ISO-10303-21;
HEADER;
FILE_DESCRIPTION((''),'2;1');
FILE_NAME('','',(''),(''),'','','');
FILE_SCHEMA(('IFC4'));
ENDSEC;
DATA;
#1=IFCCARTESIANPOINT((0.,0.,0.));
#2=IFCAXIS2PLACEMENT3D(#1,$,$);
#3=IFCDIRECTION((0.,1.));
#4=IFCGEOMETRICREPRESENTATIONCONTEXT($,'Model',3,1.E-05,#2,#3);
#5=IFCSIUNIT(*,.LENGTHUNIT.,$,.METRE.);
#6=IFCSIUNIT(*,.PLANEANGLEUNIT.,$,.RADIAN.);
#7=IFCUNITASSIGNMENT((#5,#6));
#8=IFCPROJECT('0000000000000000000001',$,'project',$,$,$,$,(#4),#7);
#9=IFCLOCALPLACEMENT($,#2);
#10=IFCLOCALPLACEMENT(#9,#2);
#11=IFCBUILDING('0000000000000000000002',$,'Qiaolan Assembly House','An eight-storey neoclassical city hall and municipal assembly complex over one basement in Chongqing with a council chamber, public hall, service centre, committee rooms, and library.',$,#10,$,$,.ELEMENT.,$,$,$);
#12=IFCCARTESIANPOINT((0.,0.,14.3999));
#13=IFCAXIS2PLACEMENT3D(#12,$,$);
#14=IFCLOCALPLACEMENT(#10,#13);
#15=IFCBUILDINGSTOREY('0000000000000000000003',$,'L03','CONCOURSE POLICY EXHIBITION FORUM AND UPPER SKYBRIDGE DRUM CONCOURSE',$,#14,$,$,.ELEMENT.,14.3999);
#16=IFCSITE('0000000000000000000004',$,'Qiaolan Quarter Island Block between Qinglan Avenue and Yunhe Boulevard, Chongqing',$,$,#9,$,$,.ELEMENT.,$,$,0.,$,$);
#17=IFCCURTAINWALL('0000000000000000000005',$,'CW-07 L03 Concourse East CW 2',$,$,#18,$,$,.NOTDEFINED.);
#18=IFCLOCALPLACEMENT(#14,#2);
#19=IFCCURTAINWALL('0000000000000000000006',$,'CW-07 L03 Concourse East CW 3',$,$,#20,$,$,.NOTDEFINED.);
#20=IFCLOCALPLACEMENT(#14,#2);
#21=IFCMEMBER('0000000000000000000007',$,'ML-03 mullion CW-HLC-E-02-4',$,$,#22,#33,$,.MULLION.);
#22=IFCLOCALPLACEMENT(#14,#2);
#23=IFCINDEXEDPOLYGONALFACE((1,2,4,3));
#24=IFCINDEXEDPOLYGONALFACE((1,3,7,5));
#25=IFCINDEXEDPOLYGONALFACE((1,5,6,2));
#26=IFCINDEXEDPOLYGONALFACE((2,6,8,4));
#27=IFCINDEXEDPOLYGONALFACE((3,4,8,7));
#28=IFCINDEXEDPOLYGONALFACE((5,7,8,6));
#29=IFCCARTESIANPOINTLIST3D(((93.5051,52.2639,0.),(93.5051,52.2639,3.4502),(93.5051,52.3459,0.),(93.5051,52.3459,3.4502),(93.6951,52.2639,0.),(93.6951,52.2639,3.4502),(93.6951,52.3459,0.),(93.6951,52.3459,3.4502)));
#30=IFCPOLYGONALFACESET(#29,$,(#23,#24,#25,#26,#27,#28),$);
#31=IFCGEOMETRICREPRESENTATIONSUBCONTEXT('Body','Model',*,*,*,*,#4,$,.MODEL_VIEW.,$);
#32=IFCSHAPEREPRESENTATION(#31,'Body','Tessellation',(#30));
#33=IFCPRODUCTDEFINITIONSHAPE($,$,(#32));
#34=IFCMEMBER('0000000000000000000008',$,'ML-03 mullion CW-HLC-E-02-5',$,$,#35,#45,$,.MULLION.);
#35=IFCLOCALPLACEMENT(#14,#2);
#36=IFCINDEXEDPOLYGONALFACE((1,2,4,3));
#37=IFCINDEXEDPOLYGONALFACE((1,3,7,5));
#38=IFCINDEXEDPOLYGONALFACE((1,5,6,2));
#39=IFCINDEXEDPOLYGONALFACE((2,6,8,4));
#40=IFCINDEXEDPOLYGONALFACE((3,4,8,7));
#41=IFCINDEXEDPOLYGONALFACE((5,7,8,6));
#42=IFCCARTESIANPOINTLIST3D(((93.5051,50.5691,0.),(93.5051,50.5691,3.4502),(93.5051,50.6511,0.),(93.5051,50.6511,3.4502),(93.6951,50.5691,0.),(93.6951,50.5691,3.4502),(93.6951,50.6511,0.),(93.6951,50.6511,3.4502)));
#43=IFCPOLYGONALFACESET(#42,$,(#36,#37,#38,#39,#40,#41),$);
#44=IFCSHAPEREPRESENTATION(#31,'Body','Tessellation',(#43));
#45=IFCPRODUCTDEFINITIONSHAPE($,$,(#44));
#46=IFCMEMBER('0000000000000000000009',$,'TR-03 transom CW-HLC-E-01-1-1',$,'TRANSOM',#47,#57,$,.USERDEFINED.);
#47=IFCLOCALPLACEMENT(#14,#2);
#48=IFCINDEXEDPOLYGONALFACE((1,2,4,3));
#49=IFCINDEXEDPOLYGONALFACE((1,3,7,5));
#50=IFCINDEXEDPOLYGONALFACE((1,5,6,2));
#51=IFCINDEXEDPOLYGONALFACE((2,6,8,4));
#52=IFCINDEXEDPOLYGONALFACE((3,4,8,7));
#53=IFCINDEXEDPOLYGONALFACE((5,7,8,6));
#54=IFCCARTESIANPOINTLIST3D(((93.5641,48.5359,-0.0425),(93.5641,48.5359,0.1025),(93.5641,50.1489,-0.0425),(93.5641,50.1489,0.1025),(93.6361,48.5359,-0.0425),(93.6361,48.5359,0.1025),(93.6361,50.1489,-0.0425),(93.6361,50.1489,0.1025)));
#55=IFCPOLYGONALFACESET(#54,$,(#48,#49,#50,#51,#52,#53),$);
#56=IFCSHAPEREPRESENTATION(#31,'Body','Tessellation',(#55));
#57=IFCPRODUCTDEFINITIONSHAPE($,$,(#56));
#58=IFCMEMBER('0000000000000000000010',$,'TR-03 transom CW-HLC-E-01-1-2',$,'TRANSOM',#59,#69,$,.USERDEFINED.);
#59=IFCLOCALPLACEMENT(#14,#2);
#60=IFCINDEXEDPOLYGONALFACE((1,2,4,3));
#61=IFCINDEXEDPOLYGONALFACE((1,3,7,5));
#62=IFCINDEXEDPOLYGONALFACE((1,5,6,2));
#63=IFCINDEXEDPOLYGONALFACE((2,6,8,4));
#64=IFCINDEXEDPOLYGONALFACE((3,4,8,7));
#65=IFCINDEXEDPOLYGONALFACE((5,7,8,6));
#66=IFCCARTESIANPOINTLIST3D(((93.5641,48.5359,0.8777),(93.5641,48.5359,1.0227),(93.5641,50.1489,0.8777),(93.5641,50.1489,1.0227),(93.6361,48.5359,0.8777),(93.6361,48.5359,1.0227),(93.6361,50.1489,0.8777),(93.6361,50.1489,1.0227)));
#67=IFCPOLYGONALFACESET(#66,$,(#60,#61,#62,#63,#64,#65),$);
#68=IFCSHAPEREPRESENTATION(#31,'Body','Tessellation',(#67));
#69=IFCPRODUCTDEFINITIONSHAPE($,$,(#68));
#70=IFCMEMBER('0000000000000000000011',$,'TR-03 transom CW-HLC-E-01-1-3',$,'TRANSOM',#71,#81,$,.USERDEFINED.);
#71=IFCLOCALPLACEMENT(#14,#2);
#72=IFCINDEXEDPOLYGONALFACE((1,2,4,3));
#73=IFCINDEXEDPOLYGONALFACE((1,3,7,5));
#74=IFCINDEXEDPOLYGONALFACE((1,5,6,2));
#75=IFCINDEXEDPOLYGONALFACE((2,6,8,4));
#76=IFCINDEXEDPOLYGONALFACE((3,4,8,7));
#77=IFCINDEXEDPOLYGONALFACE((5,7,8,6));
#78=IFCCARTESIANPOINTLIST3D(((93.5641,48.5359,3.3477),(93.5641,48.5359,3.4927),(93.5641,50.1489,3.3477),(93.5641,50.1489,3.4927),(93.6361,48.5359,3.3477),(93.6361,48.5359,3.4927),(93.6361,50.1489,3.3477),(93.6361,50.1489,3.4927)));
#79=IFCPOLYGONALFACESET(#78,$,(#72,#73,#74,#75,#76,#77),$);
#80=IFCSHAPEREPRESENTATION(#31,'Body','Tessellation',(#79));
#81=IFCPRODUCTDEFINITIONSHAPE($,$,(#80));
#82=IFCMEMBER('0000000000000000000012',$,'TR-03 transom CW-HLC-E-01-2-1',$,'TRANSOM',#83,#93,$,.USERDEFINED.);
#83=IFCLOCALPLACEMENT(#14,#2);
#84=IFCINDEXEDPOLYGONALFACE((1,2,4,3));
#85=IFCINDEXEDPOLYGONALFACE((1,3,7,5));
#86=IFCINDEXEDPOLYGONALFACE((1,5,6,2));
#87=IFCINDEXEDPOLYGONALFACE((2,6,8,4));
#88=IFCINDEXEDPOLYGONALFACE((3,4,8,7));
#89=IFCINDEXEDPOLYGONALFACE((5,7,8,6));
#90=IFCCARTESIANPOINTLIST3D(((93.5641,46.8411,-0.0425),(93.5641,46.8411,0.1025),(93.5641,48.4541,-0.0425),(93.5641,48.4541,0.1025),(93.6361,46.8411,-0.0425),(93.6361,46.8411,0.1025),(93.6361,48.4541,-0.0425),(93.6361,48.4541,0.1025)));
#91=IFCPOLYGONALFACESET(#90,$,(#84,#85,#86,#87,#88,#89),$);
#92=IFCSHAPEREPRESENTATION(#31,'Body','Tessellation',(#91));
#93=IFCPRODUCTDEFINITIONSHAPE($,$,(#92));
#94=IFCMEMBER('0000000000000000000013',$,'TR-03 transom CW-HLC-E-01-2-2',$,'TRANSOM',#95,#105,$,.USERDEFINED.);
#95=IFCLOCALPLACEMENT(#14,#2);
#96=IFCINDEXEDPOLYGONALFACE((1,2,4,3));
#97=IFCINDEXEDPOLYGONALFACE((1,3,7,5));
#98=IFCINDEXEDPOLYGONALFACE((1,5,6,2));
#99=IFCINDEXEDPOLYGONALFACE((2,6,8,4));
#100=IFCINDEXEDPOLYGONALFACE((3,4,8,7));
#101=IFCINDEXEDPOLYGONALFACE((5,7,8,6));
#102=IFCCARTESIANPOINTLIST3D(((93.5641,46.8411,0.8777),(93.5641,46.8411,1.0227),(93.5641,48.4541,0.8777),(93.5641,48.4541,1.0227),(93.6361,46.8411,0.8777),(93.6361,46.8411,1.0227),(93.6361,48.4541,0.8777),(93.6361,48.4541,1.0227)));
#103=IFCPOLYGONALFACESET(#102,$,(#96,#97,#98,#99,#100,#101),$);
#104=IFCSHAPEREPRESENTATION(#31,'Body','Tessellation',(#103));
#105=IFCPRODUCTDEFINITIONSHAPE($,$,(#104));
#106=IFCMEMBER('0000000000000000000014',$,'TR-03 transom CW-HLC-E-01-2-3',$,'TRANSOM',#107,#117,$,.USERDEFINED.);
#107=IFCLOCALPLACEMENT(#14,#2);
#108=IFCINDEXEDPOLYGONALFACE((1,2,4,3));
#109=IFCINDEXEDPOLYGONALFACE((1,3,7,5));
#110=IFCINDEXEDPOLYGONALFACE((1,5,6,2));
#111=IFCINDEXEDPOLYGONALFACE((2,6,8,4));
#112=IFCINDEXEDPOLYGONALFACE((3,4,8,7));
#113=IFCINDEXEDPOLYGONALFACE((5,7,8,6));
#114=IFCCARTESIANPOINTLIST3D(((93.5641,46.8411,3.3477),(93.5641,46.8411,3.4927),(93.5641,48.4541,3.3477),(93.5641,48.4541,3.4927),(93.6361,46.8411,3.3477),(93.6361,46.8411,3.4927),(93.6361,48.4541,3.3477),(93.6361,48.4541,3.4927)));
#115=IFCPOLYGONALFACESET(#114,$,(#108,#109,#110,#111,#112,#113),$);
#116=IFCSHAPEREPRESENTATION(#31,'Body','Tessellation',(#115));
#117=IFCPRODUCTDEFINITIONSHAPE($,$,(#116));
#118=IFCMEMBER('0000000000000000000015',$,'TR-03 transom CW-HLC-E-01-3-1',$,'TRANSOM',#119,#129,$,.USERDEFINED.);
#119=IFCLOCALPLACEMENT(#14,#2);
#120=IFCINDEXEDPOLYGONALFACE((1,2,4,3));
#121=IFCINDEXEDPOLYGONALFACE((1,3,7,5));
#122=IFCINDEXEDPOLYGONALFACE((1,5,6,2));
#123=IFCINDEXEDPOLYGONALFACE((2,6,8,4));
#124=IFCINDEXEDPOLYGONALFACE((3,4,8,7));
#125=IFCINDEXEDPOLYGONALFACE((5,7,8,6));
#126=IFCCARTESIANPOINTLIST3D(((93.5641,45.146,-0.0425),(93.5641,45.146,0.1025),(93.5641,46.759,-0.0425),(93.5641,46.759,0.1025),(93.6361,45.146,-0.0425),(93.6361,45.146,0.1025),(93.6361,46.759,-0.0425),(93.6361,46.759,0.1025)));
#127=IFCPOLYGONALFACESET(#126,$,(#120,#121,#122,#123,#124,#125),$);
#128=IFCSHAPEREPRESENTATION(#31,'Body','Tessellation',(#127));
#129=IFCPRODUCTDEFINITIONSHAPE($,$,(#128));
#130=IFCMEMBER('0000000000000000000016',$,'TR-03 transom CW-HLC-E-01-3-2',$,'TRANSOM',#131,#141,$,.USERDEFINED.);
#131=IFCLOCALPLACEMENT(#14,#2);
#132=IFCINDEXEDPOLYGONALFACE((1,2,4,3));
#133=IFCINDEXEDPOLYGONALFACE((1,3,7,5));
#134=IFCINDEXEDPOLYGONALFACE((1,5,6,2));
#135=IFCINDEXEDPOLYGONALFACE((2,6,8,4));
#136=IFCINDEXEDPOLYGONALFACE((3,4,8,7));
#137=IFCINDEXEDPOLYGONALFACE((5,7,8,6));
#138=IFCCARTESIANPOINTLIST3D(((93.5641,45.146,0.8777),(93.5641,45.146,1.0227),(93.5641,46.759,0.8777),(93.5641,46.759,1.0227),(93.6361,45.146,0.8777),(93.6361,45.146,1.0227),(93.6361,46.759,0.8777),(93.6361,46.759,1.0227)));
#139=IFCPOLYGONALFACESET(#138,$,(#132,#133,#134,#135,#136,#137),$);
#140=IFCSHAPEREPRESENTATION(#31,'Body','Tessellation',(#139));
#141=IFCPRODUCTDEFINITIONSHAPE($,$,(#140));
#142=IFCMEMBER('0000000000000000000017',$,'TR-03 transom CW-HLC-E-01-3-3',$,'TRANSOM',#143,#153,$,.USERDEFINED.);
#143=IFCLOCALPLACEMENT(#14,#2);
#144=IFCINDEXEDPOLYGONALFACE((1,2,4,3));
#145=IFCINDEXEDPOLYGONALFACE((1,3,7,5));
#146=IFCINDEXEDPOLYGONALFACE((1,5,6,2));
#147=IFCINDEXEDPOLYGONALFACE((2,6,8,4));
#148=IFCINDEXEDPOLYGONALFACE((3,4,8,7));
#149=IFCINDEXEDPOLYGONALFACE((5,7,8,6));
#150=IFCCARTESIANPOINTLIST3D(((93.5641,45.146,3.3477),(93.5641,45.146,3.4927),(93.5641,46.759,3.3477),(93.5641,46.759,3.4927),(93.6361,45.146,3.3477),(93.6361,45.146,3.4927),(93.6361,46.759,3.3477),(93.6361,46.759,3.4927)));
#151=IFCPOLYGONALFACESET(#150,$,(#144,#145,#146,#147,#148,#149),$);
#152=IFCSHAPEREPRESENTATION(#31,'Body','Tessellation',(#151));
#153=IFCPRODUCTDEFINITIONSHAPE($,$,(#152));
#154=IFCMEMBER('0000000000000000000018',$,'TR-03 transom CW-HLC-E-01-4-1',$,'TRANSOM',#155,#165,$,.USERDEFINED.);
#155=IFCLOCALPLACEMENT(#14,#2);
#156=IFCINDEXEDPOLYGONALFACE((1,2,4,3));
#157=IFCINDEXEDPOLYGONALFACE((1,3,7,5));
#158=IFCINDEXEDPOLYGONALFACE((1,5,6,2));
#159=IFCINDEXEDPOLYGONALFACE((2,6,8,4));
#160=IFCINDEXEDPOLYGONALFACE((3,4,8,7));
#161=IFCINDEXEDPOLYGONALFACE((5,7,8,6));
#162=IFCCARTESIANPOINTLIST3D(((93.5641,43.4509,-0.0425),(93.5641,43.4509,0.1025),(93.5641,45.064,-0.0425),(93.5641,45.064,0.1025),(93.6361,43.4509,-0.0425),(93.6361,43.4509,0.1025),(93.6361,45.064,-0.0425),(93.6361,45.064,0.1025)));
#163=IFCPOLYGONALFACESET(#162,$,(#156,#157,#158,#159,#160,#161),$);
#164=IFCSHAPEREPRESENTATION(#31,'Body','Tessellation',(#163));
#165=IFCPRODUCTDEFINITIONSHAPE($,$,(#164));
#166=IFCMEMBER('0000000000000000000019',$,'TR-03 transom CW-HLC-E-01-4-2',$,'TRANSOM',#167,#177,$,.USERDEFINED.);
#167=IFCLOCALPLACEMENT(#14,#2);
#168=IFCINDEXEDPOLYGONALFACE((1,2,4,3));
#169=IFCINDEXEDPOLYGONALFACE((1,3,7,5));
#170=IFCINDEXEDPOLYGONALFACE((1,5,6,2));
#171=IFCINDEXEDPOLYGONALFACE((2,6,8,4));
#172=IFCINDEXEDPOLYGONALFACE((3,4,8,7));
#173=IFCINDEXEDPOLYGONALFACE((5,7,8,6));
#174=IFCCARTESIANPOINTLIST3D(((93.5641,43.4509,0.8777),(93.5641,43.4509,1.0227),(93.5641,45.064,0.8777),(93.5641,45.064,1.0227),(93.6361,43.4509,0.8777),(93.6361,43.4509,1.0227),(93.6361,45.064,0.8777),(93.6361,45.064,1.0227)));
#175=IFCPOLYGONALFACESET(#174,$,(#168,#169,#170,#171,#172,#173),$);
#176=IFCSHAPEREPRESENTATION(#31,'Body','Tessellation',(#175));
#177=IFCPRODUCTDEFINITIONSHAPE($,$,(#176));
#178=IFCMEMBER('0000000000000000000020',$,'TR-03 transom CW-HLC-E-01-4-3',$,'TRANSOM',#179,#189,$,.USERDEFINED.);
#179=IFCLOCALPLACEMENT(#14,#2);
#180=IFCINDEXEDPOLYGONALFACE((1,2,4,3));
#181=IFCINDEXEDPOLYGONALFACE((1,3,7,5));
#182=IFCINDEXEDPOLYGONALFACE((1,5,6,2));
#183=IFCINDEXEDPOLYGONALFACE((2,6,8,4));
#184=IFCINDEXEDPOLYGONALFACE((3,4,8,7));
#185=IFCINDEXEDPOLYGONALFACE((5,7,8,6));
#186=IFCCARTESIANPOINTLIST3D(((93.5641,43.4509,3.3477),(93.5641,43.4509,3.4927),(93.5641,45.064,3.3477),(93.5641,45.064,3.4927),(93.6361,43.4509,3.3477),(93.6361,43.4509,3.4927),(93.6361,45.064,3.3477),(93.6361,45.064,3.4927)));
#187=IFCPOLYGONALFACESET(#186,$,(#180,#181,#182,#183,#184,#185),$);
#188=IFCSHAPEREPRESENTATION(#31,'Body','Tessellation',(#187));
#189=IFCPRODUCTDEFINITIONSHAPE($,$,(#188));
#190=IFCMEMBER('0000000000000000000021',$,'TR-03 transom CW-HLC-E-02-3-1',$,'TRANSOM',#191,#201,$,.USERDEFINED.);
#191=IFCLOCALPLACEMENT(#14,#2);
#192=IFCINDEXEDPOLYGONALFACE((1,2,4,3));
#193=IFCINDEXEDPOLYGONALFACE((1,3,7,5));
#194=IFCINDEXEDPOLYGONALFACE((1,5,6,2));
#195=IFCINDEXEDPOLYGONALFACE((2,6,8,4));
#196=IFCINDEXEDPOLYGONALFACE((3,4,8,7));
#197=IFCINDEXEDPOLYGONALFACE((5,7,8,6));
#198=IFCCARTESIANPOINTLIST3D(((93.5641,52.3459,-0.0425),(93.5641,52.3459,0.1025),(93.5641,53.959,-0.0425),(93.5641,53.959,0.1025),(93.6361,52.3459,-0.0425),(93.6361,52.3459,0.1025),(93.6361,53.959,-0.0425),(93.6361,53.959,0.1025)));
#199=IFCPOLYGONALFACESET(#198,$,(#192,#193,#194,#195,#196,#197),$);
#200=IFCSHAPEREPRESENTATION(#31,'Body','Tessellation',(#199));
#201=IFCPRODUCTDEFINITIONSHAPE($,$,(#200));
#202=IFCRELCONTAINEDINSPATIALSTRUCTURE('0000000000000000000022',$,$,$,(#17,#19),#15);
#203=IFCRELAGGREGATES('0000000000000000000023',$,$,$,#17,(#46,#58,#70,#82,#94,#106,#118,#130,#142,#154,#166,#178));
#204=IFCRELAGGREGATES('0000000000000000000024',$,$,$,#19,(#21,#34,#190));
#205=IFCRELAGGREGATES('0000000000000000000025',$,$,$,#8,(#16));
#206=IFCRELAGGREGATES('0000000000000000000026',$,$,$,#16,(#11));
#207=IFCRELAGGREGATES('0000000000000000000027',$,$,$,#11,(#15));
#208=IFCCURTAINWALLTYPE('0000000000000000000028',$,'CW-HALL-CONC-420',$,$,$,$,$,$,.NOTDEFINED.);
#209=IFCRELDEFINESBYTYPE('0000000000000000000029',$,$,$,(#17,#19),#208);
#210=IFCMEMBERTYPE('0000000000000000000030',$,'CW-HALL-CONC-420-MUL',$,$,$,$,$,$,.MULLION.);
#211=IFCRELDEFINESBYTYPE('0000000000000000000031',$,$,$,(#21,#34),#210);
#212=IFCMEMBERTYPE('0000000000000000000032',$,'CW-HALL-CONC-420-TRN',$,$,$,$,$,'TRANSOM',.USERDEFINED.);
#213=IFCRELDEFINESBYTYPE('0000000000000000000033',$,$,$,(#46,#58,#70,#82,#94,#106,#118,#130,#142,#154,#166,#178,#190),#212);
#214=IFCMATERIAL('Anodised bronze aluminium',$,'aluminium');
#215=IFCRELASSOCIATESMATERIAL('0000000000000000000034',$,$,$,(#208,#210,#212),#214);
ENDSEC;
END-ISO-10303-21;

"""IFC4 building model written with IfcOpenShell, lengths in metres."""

from ifc_helpers import new_model, si_unit, direction, frame, origin, origin_2d, place, context, subcontext, project, spatial, rectangle, extrude, material, material_profile, profile_set, type_object, element, aggregate, save


model = new_model("IFC4")

# Units and contexts
model_context = context("Model", 3, precision=1e-05, world=origin(), true_north=direction((0.0, 1.0)))
body_context = subcontext(model_context, "Body", "Model", "MODEL_VIEW")
ifc_project = project(units=[si_unit("LENGTHUNIT", "METRE"), si_unit("PLANEANGLEUNIT", "RADIAN")], contexts=[model_context])

# Site, building, storey
site_placement = place(None, origin())
site = spatial("IfcSite", under=ifc_project, at=site_placement, Name="Qiaolan Quarter Island Block between Qinglan Avenue and Yunhe Boulevard, Chongqing", CompositionType="ELEMENT", RefElevation=0.0)
building_placement = place(site_placement, origin())
building = spatial("IfcBuilding", under=site, at=building_placement, Name="Qiaolan Assembly House", Description="An eight-storey neoclassical city hall and municipal assembly complex over one basement in Chongqing with a council chamber, public hall, service centre, committee rooms, and library.", CompositionType="ELEMENT")
storey_placement = place(building_placement, frame((0.0, 0.0, 14.3999)))
storey = spatial("IfcBuildingStorey", under=building, at=storey_placement, Name="L03", Description="CONCOURSE POLICY EXHIBITION FORUM AND UPPER SKYBRIDGE DRUM CONCOURSE", CompositionType="ELEMENT", Elevation=14.3999)

# Curtain walls, members
ifc_material_1 = material(Name="Anodised bronze aluminium", Category="aluminium")
curtain_wall_type = type_object("IfcCurtainWallType", Name="CW-HALL-CONC-420", PredefinedType="NOTDEFINED", material=ifc_material_1)
curtain_wall_1_placement = place(storey_placement, origin())
curtain_wall_1 = element("IfcCurtainWall", 1, at=curtain_wall_1_placement, inside=storey, type_object=curtain_wall_type, Name="CW-07 L03 Concourse East CW 2", PredefinedType="NOTDEFINED")
ifc_material_profile_1 = material_profile(ifc_material_1, rectangle(XDim=0.082, YDim=0.1899, at=origin_2d()), Name="MUL 82x190")
ifc_profile_set_1 = profile_set([ifc_material_profile_1], Name="Anodised bronze aluminium")
member_type_1 = type_object("IfcMemberType", Name="CW-HALL-CONC-420-MUL", PredefinedType="MULLION", material=ifc_profile_set_1)
curtain_wall_2_placement = place(storey_placement, origin())
curtain_wall_2 = element("IfcCurtainWall", 2, at=curtain_wall_2_placement, inside=storey, type_object=curtain_wall_type, Name="CW-07 L03 Concourse East CW 3", PredefinedType="NOTDEFINED")
member_1_placement = place(storey_placement, frame((93.6001, 52.3049, 0.0), z_axis=(0.0, 0.0, 1.0), x_axis=(0.0, -1.0, 0.0)))
member_1 = element("IfcMember", 3, at=member_1_placement, type_object=member_type_1, Name="ML-03 mullion CW-HLC-E-02-4", PredefinedType="MULLION", context=body_context, shape_type="SweptSolid", body=[
    extrude(rectangle(XDim=0.082, YDim=0.1899, at=origin_2d()), origin(), (0.0, 0.0, 1.0), 3.4502),
])
member_2_placement = place(storey_placement, frame((93.6001, 50.6101, 0.0), z_axis=(0.0, 0.0, 1.0), x_axis=(0.0, -1.0, 0.0)))
member_2 = element("IfcMember", 4, at=member_2_placement, type_object=member_type_1, Name="ML-03 mullion CW-HLC-E-02-5", PredefinedType="MULLION", context=body_context, shape_type="SweptSolid", body=[
    extrude(rectangle(XDim=0.082, YDim=0.1899, at=origin_2d()), origin(), (0.0, 0.0, 1.0), 3.4502),
])

# Members
ifc_material_profile_2 = material_profile(ifc_material_1, rectangle(XDim=0.072, YDim=0.145, at=origin_2d()), Name="TRN 72x145")
ifc_profile_set_2 = profile_set([ifc_material_profile_2], Name="Anodised bronze aluminium")
member_type_2 = type_object("IfcMemberType", Name="CW-HALL-CONC-420-TRN", ElementType="TRANSOM", PredefinedType="USERDEFINED", material=ifc_profile_set_2)
member_3_placement = place(storey_placement, frame((93.6001, 50.1489, 0.03), z_axis=(0.0, -1.0, 0.0), x_axis=(1.0, 0.0, 0.0)))
member_3 = element("IfcMember", 5, at=member_3_placement, type_object=member_type_2, Name="TR-03 transom CW-HLC-E-01-1-1", ObjectType="TRANSOM", PredefinedType="USERDEFINED", context=body_context, shape_type="SweptSolid", body=[
    extrude(rectangle(XDim=0.072, YDim=0.145, at=origin_2d()), origin(), (0.0, 0.0, 1.0), 1.613),
])
member_4_placement = place(storey_placement, frame((93.6001, 50.1489, 0.9502), z_axis=(0.0, -1.0, 0.0), x_axis=(1.0, 0.0, 0.0)))
member_4 = element("IfcMember", 6, at=member_4_placement, type_object=member_type_2, Name="TR-03 transom CW-HLC-E-01-1-2", ObjectType="TRANSOM", PredefinedType="USERDEFINED", context=body_context, shape_type="SweptSolid", body=[
    extrude(rectangle(XDim=0.072, YDim=0.145, at=origin_2d()), origin(), (0.0, 0.0, 1.0), 1.613),
])
member_5_placement = place(storey_placement, frame((93.6001, 50.1489, 3.4202), z_axis=(0.0, -1.0, 0.0), x_axis=(1.0, 0.0, 0.0)))
member_5 = element("IfcMember", 7, at=member_5_placement, type_object=member_type_2, Name="TR-03 transom CW-HLC-E-01-1-3", ObjectType="TRANSOM", PredefinedType="USERDEFINED", context=body_context, shape_type="SweptSolid", body=[
    extrude(rectangle(XDim=0.072, YDim=0.145, at=origin_2d()), origin(), (0.0, 0.0, 1.0), 1.613),
])
member_6_placement = place(storey_placement, frame((93.6001, 48.4541, 0.03), z_axis=(0.0, -1.0, 0.0), x_axis=(1.0, 0.0, 0.0)))
member_6 = element("IfcMember", 8, at=member_6_placement, type_object=member_type_2, Name="TR-03 transom CW-HLC-E-01-2-1", ObjectType="TRANSOM", PredefinedType="USERDEFINED", context=body_context, shape_type="SweptSolid", body=[
    extrude(rectangle(XDim=0.072, YDim=0.145, at=origin_2d()), origin(), (0.0, 0.0, 1.0), 1.613),
])
member_7_placement = place(storey_placement, frame((93.6001, 48.4541, 0.9502), z_axis=(0.0, -1.0, 0.0), x_axis=(1.0, 0.0, 0.0)))
member_7 = element("IfcMember", 9, at=member_7_placement, type_object=member_type_2, Name="TR-03 transom CW-HLC-E-01-2-2", ObjectType="TRANSOM", PredefinedType="USERDEFINED", context=body_context, shape_type="SweptSolid", body=[
    extrude(rectangle(XDim=0.072, YDim=0.145, at=origin_2d()), origin(), (0.0, 0.0, 1.0), 1.613),
])
member_8_placement = place(storey_placement, frame((93.6001, 48.4541, 3.4202), z_axis=(0.0, -1.0, 0.0), x_axis=(1.0, 0.0, 0.0)))
member_8 = element("IfcMember", 10, at=member_8_placement, type_object=member_type_2, Name="TR-03 transom CW-HLC-E-01-2-3", ObjectType="TRANSOM", PredefinedType="USERDEFINED", context=body_context, shape_type="SweptSolid", body=[
    extrude(rectangle(XDim=0.072, YDim=0.145, at=origin_2d()), origin(), (0.0, 0.0, 1.0), 1.613),
])
member_9_placement = place(storey_placement, frame((93.6001, 46.759, 0.03), z_axis=(0.0, -1.0, 0.0), x_axis=(1.0, 0.0, 0.0)))
member_9 = element("IfcMember", 11, at=member_9_placement, type_object=member_type_2, Name="TR-03 transom CW-HLC-E-01-3-1", ObjectType="TRANSOM", PredefinedType="USERDEFINED", context=body_context, shape_type="SweptSolid", body=[
    extrude(rectangle(XDim=0.072, YDim=0.145, at=origin_2d()), origin(), (0.0, 0.0, 1.0), 1.613),
])
member_10_placement = place(storey_placement, frame((93.6001, 46.759, 0.9502), z_axis=(0.0, -1.0, 0.0), x_axis=(1.0, 0.0, 0.0)))
member_10 = element("IfcMember", 12, at=member_10_placement, type_object=member_type_2, Name="TR-03 transom CW-HLC-E-01-3-2", ObjectType="TRANSOM", PredefinedType="USERDEFINED", context=body_context, shape_type="SweptSolid", body=[
    extrude(rectangle(XDim=0.072, YDim=0.145, at=origin_2d()), origin(), (0.0, 0.0, 1.0), 1.613),
])
member_11_placement = place(storey_placement, frame((93.6001, 46.759, 3.4202), z_axis=(0.0, -1.0, 0.0), x_axis=(1.0, 0.0, 0.0)))
member_11 = element("IfcMember", 13, at=member_11_placement, type_object=member_type_2, Name="TR-03 transom CW-HLC-E-01-3-3", ObjectType="TRANSOM", PredefinedType="USERDEFINED", context=body_context, shape_type="SweptSolid", body=[
    extrude(rectangle(XDim=0.072, YDim=0.145, at=origin_2d()), origin(), (0.0, 0.0, 1.0), 1.613),
])
member_12_placement = place(storey_placement, frame((93.6001, 45.064, 0.03), z_axis=(0.0, -1.0, 0.0), x_axis=(1.0, 0.0, 0.0)))
member_12 = element("IfcMember", 14, at=member_12_placement, type_object=member_type_2, Name="TR-03 transom CW-HLC-E-01-4-1", ObjectType="TRANSOM", PredefinedType="USERDEFINED", context=body_context, shape_type="SweptSolid", body=[
    extrude(rectangle(XDim=0.072, YDim=0.145, at=origin_2d()), origin(), (0.0, 0.0, 1.0), 1.613),
])
member_13_placement = place(storey_placement, frame((93.6001, 45.064, 0.9502), z_axis=(0.0, -1.0, 0.0), x_axis=(1.0, 0.0, 0.0)))
member_13 = element("IfcMember", 15, at=member_13_placement, type_object=member_type_2, Name="TR-03 transom CW-HLC-E-01-4-2", ObjectType="TRANSOM", PredefinedType="USERDEFINED", context=body_context, shape_type="SweptSolid", body=[
    extrude(rectangle(XDim=0.072, YDim=0.145, at=origin_2d()), origin(), (0.0, 0.0, 1.0), 1.613),
])
member_14_placement = place(storey_placement, frame((93.6001, 45.064, 3.4202), z_axis=(0.0, -1.0, 0.0), x_axis=(1.0, 0.0, 0.0)))
member_14 = element("IfcMember", 16, at=member_14_placement, type_object=member_type_2, Name="TR-03 transom CW-HLC-E-01-4-3", ObjectType="TRANSOM", PredefinedType="USERDEFINED", context=body_context, shape_type="SweptSolid", body=[
    extrude(rectangle(XDim=0.072, YDim=0.145, at=origin_2d()), origin(), (0.0, 0.0, 1.0), 1.613),
])
member_15_placement = place(storey_placement, frame((93.6001, 53.959, 0.03), z_axis=(0.0, -1.0, 0.0), x_axis=(1.0, 0.0, 0.0)))
member_15 = element("IfcMember", 17, at=member_15_placement, type_object=member_type_2, Name="TR-03 transom CW-HLC-E-02-3-1", ObjectType="TRANSOM", PredefinedType="USERDEFINED", context=body_context, shape_type="SweptSolid", body=[
    extrude(rectangle(XDim=0.072, YDim=0.145, at=origin_2d()), origin(), (0.0, 0.0, 1.0), 1.613),
])

aggregate(curtain_wall_1, [member_3, member_4, member_5, member_6, member_7, member_8, member_9, member_10, member_11, member_12, member_13, member_14])
aggregate(curtain_wall_2, [member_1, member_2, member_15])

save(model, "model.ifc")
